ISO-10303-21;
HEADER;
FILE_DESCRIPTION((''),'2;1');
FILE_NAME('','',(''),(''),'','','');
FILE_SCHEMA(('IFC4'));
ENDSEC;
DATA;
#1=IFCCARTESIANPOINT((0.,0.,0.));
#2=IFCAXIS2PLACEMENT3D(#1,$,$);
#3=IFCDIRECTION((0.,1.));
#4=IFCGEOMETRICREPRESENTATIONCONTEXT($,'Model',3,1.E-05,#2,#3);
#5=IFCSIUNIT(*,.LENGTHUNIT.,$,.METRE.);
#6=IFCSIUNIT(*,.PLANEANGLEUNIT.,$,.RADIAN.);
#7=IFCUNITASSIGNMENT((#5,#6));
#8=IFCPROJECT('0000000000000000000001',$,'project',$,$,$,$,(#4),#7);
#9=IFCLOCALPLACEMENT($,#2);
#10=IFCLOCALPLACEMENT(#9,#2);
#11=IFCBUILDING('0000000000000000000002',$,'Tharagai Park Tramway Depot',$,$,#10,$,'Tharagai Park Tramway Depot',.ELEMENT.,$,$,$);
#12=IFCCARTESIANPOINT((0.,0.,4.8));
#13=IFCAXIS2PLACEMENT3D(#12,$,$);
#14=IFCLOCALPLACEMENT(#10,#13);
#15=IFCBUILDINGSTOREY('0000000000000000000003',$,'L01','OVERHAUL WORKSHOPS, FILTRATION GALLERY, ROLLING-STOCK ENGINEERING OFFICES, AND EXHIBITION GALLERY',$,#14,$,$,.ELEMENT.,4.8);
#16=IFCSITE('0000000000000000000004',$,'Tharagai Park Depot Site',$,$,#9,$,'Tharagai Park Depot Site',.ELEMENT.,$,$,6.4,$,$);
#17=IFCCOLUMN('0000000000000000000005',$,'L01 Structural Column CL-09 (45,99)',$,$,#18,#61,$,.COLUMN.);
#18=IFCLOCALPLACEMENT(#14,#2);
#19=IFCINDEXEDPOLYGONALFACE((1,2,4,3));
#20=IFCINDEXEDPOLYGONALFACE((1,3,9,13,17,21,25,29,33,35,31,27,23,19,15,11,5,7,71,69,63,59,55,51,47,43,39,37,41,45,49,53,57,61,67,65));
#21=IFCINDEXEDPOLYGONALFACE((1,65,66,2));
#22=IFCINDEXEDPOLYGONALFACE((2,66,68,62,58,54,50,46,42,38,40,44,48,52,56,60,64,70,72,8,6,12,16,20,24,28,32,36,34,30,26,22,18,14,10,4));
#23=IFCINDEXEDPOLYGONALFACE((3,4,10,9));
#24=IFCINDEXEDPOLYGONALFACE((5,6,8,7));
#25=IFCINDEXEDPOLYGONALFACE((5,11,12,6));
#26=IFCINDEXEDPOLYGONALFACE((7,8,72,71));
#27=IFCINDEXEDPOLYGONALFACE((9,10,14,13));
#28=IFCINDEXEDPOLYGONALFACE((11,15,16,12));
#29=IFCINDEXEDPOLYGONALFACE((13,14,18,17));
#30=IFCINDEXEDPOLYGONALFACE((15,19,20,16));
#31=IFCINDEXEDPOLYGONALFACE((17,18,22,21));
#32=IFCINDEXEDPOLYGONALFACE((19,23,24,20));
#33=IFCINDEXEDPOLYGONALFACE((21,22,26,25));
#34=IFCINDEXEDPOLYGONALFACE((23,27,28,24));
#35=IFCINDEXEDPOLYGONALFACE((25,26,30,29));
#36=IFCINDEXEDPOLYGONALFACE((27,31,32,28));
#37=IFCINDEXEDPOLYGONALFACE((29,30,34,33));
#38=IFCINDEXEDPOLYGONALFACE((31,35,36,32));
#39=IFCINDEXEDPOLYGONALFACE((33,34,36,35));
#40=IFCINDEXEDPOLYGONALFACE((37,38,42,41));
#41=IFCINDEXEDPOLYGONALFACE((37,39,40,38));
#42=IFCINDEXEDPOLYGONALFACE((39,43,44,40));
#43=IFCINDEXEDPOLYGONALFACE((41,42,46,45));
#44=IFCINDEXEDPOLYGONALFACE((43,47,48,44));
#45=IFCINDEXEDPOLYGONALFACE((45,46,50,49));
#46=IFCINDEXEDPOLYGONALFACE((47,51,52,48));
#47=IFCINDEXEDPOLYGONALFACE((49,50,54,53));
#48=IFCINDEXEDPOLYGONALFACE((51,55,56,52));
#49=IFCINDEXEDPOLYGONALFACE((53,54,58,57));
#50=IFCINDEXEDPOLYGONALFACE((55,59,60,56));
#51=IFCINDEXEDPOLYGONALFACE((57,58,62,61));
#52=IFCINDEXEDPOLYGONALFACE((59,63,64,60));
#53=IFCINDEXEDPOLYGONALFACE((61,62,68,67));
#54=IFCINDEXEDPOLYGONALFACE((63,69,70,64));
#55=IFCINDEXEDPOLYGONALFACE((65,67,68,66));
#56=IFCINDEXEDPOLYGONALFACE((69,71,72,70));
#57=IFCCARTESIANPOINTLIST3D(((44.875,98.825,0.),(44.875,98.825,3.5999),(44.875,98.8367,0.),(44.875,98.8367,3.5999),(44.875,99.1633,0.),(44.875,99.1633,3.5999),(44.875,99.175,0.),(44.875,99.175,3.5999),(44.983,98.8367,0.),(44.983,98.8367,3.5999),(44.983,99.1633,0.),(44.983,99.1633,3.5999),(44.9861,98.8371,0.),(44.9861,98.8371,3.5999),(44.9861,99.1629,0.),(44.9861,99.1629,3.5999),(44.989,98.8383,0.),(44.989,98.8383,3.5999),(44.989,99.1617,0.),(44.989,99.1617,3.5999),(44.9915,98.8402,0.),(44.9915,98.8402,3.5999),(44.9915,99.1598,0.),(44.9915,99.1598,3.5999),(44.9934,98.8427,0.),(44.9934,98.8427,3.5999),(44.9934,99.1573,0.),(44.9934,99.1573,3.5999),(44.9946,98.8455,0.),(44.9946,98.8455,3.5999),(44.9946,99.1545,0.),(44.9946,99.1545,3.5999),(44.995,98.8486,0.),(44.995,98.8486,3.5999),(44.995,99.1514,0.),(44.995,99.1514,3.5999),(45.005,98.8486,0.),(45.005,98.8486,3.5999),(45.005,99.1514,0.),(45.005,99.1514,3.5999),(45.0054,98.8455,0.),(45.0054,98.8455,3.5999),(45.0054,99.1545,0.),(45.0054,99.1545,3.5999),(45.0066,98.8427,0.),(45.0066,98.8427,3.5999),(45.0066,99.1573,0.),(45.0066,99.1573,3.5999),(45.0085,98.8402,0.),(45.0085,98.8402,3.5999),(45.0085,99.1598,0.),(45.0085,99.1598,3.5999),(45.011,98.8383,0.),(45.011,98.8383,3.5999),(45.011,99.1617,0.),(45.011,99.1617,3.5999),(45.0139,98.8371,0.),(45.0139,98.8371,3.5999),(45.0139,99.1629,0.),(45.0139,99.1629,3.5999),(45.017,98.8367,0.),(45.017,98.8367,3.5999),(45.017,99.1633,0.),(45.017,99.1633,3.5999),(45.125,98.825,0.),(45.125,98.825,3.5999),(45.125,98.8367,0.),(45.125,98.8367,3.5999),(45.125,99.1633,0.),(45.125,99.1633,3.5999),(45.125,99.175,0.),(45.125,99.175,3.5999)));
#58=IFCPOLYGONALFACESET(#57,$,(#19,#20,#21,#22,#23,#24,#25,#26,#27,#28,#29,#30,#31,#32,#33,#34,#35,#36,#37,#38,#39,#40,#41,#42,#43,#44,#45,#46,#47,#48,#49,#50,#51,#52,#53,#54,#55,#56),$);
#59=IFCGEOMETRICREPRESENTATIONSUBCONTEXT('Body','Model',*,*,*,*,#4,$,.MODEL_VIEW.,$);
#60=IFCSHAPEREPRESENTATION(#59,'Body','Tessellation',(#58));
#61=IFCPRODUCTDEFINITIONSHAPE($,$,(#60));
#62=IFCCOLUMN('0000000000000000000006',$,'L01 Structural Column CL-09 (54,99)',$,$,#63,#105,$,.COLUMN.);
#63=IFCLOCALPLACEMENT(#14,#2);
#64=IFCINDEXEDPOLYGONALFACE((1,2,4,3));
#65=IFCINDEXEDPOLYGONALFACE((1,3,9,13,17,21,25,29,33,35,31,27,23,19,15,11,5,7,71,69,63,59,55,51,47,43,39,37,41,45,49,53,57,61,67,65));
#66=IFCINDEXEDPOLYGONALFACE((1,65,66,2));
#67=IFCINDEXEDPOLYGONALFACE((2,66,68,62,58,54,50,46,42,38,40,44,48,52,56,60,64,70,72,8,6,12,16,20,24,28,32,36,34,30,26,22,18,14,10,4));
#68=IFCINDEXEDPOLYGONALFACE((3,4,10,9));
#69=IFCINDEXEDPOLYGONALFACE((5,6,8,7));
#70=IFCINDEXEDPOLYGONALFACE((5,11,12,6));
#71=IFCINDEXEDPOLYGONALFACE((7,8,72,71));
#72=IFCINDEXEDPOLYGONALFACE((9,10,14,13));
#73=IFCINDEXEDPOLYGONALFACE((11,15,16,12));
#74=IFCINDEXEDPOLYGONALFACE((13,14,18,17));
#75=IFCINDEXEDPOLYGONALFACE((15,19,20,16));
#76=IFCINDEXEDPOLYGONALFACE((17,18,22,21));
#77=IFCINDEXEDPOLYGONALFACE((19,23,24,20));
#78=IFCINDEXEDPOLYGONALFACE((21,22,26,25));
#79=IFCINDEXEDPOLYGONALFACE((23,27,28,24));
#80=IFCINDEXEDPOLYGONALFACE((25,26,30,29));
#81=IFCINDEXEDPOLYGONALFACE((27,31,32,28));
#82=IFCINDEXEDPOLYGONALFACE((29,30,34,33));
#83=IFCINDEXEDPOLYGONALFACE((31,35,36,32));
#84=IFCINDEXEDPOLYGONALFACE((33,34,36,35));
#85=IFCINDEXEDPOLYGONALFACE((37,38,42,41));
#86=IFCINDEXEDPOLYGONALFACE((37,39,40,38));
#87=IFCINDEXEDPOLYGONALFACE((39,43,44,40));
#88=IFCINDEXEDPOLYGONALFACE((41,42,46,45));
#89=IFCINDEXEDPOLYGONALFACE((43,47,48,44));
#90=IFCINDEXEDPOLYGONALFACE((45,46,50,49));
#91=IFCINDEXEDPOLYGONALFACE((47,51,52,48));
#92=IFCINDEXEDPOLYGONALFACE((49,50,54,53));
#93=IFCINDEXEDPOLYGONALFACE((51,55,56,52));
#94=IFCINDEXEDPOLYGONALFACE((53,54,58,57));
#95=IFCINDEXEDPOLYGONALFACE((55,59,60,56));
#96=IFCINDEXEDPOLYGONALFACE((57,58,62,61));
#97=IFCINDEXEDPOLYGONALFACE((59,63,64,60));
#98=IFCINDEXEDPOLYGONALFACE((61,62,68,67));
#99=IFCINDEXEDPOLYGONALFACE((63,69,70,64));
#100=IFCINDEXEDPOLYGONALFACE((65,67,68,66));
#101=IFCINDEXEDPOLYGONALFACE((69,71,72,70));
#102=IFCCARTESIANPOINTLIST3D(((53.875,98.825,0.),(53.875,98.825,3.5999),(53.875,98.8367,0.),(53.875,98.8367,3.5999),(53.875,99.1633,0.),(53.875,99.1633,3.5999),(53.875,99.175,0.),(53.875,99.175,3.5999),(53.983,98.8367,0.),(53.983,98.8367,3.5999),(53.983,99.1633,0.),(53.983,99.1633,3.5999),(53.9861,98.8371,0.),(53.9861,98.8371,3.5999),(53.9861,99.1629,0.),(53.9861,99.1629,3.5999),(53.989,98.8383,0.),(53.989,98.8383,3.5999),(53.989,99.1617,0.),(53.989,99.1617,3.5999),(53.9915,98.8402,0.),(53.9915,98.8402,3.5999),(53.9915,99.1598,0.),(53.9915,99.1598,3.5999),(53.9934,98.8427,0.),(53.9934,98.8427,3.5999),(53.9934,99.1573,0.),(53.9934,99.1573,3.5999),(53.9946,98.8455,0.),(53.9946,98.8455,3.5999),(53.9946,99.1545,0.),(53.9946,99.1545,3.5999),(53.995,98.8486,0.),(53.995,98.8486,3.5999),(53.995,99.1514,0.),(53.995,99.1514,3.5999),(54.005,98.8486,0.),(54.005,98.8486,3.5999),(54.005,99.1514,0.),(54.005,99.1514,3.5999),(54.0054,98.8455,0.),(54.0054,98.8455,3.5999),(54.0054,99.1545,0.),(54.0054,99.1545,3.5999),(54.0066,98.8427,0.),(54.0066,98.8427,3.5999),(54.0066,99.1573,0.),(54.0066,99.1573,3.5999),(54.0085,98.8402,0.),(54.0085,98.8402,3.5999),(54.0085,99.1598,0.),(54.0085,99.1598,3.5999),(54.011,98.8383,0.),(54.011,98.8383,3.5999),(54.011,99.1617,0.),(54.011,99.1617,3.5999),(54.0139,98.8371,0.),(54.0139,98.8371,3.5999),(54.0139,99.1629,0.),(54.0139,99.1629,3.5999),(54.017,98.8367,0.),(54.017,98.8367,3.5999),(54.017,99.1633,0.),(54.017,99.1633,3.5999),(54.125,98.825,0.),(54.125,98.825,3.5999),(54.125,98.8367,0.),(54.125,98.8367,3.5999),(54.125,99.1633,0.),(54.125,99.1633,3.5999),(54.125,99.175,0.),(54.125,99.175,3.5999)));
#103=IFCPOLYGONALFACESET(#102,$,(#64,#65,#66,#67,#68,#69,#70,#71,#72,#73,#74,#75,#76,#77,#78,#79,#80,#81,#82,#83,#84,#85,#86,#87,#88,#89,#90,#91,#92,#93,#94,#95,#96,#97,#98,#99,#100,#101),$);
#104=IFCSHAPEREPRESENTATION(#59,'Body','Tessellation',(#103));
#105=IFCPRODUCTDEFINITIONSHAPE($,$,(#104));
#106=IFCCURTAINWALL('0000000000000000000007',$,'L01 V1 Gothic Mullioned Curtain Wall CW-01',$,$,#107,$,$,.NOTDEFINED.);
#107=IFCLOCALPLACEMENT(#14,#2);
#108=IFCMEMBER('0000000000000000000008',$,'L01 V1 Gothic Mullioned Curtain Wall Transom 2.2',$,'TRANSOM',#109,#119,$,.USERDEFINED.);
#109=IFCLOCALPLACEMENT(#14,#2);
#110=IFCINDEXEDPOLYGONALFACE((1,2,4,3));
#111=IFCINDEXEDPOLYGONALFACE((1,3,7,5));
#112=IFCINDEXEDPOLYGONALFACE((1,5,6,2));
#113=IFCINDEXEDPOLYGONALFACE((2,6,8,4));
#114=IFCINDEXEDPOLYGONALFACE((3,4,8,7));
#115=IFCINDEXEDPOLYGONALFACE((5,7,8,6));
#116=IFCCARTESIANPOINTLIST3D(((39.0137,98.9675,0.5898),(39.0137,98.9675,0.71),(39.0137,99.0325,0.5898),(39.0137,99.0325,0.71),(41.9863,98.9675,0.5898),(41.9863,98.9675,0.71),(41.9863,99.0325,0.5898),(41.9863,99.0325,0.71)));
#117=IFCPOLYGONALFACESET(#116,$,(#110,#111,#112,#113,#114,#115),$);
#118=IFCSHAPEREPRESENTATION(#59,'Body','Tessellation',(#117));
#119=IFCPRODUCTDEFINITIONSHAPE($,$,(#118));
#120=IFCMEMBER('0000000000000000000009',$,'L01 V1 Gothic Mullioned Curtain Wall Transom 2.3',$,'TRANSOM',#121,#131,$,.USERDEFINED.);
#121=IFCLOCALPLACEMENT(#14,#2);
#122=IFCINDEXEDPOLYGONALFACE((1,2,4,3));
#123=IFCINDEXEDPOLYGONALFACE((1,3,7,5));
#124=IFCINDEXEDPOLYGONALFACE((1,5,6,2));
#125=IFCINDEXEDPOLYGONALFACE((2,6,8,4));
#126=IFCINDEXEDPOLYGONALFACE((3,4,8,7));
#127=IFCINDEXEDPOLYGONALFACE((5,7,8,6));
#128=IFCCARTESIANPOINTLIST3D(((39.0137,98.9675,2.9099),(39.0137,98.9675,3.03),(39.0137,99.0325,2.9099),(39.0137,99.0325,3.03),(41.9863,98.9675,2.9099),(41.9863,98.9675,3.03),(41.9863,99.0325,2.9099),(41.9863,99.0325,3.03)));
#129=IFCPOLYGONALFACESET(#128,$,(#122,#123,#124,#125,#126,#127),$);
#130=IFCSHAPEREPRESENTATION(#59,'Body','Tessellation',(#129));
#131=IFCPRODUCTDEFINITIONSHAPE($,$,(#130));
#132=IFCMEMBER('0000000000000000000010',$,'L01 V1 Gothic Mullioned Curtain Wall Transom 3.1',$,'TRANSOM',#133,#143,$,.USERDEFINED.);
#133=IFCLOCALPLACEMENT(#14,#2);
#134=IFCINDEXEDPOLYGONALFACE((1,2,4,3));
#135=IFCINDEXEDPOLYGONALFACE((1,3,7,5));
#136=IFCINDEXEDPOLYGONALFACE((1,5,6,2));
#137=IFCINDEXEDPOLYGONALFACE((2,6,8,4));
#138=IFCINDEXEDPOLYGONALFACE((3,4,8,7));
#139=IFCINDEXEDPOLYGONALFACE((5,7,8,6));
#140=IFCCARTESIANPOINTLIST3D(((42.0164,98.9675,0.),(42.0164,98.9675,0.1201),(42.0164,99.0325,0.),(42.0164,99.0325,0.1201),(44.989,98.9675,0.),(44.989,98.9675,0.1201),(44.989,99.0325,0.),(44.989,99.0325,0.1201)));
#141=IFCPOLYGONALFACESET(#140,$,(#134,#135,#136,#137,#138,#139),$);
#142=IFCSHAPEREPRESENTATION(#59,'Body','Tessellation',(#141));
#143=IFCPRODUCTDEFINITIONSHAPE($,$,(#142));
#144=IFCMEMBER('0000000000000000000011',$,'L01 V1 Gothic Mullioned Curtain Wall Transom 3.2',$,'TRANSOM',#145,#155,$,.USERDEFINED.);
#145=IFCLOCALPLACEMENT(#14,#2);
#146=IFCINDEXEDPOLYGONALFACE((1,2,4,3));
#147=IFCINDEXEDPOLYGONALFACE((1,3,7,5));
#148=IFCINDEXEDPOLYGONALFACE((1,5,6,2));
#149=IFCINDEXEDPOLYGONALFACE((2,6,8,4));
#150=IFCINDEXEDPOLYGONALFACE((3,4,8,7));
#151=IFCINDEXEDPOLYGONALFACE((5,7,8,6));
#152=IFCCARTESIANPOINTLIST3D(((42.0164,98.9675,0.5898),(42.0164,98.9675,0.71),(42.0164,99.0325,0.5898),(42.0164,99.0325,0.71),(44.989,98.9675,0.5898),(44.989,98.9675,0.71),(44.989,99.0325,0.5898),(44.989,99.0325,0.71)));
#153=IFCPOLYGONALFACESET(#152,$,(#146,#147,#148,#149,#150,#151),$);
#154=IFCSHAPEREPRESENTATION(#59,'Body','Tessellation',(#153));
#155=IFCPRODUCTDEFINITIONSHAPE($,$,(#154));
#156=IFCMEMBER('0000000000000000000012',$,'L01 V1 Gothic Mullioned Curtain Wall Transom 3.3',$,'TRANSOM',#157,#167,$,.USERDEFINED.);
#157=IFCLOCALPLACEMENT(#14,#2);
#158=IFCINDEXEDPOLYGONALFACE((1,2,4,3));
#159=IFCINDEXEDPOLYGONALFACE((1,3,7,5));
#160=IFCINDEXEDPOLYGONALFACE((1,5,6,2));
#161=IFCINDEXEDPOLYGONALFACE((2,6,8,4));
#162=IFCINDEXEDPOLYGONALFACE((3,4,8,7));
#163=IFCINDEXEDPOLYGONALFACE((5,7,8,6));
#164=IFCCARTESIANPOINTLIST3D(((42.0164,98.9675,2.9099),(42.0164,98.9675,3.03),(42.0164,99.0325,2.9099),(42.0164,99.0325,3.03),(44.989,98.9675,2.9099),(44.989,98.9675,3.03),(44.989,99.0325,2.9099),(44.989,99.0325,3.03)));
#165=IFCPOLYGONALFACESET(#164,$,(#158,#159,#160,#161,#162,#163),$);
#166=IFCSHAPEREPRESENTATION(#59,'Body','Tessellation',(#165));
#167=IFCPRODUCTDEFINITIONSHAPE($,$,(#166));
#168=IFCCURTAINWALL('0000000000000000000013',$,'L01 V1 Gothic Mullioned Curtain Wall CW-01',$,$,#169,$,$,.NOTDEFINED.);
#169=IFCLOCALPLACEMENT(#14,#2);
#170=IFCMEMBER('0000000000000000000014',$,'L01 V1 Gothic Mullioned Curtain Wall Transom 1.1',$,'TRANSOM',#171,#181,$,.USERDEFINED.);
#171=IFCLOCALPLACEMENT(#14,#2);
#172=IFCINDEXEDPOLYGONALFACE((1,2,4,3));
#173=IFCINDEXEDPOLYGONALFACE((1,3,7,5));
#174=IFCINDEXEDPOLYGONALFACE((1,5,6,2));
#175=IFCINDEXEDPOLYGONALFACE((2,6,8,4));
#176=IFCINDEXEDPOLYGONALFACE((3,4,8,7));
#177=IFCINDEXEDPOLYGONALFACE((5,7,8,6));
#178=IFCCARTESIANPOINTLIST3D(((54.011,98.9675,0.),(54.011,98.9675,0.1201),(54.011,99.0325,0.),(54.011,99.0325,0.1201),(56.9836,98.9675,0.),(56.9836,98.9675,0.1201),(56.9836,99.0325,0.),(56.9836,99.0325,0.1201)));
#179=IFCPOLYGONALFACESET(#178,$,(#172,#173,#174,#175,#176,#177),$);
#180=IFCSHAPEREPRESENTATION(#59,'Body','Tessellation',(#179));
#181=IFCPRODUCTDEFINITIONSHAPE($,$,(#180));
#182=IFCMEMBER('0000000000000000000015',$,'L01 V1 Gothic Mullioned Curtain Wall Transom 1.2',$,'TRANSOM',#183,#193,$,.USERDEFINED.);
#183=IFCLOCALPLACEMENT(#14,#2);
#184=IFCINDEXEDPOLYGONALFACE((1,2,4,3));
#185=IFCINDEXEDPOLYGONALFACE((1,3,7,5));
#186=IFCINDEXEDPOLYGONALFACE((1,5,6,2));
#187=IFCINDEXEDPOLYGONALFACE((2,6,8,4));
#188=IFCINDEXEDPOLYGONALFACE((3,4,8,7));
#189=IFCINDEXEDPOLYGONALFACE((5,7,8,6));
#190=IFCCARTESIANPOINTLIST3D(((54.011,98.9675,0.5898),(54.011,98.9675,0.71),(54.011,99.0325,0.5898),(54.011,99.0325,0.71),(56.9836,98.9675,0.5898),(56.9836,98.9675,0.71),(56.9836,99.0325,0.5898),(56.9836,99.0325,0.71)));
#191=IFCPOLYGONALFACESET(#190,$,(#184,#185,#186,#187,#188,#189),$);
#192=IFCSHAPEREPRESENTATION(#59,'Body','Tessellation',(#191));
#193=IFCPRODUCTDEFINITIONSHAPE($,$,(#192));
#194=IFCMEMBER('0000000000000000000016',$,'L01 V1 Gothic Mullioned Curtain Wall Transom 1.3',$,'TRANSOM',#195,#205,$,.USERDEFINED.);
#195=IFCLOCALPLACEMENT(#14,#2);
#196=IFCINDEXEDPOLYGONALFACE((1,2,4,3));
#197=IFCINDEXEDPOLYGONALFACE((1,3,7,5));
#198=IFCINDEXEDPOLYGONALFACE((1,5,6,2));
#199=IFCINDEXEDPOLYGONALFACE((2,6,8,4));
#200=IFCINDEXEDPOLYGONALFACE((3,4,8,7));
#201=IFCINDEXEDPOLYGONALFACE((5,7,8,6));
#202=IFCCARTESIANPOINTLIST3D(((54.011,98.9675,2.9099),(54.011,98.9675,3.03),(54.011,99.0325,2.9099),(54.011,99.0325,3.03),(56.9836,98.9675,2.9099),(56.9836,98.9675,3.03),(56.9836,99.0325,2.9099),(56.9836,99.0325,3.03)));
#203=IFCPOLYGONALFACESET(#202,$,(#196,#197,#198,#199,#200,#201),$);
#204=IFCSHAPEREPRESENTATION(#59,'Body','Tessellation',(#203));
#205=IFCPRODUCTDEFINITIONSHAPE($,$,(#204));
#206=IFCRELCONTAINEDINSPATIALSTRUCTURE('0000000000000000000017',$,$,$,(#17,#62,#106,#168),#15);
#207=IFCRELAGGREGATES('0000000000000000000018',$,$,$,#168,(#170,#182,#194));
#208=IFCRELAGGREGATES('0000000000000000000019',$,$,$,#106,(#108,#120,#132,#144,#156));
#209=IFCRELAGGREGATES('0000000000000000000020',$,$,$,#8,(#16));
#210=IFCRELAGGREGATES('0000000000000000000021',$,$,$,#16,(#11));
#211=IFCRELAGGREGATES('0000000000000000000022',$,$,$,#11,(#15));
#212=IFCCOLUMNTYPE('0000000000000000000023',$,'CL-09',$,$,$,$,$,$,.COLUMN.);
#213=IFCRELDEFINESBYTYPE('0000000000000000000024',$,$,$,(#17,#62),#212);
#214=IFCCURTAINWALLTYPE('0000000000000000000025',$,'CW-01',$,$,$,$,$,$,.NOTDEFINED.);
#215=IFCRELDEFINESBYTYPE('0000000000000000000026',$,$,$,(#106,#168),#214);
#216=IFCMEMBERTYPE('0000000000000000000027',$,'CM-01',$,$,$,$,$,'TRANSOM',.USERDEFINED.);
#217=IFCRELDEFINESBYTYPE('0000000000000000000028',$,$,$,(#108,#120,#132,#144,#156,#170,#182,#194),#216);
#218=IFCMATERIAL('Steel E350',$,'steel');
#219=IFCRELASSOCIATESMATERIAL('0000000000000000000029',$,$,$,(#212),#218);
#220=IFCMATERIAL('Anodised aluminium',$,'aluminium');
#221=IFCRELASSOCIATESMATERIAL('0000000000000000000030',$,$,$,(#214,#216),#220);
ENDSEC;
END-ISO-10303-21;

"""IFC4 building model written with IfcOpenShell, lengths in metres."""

from ifc_helpers import new_model, si_unit, direction, frame, origin, origin_2d, place, context, subcontext, project, spatial, rectangle, i_section, extrude, material, material_profile, profile_set, type_object, element, aggregate, save


model = new_model("IFC4")

# Units and contexts
model_context = context("Model", 3, precision=1e-05, world=origin(), true_north=direction((0.0, 1.0)))
body_context = subcontext(model_context, "Body", "Model", "MODEL_VIEW")
ifc_project = project(units=[si_unit("LENGTHUNIT", "METRE"), si_unit("PLANEANGLEUNIT", "RADIAN")], contexts=[model_context])

# Site, building, storey
site_placement = place(None, origin())
site = spatial("IfcSite", under=ifc_project, at=site_placement, Name="Tharagai Park Depot Site", LongName="Tharagai Park Depot Site", CompositionType="ELEMENT", RefElevation=6.4)
building_placement = place(site_placement, origin())
building = spatial("IfcBuilding", under=site, at=building_placement, Name="Tharagai Park Tramway Depot", LongName="Tharagai Park Tramway Depot", CompositionType="ELEMENT")
storey_placement = place(building_placement, frame((0.0, 0.0, 4.8)))
storey = spatial("IfcBuildingStorey", under=building, at=storey_placement, Name="L01", Description="OVERHAUL WORKSHOPS, FILTRATION GALLERY, ROLLING-STOCK ENGINEERING OFFICES, AND EXHIBITION GALLERY", CompositionType="ELEMENT", Elevation=4.8)

# Columns
ifc_material_1 = material(Name="Steel E350", Category="steel")
ifc_material_profile_1 = material_profile(ifc_material_1, i_section(OverallWidth=0.25, OverallDepth=0.3501, WebThickness=0.01, FlangeThickness=0.0117, FilletRadius=0.012, at=origin_2d()), Name="ISHB 350")
ifc_profile_set_1 = profile_set([ifc_material_profile_1], Name="Steel E350")
column_type = type_object("IfcColumnType", Name="CL-09", PredefinedType="COLUMN", material=ifc_profile_set_1)
for number, where, z_axis, x_axis, name in (
    (1, (45.0, 99.0, 0.0), (0.0, 0.0, 1.0), (1.0, 0.0, 0.0), "L01 Structural Column CL-09 (45,99)"),
    (2, (54.0, 99.0, 0.0), (0.0, 0.0, 1.0), (1.0, 0.0, 0.0), "L01 Structural Column CL-09 (54,99)"),
):
    element("IfcColumn", number, at=place(storey_placement, frame(where, z_axis=z_axis, x_axis=x_axis)), inside=storey, type_object=column_type, Name=name, PredefinedType="COLUMN", context=body_context, shape_type="SweptSolid", body=[
        extrude(i_section(OverallWidth=0.25, OverallDepth=0.3501, WebThickness=0.01, FlangeThickness=0.0117, FilletRadius=0.012, at=origin_2d()), origin(), (0.0, 0.0, 1.0), 3.5999),
    ])

# Curtain walls, members
ifc_material_2 = material(Name="Anodised aluminium", Category="aluminium")
curtain_wall_type = type_object("IfcCurtainWallType", Name="CW-01", PredefinedType="NOTDEFINED", material=ifc_material_2)
curtain_wall_1_placement = place(storey_placement, origin())
curtain_wall_1 = element("IfcCurtainWall", 3, at=curtain_wall_1_placement, inside=storey, type_object=curtain_wall_type, Name="L01 V1 Gothic Mullioned Curtain Wall CW-01", PredefinedType="NOTDEFINED")
ifc_material_profile_2 = material_profile(ifc_material_2, rectangle(XDim=0.0649, YDim=0.1201, at=origin_2d()), Name="ALU 65x120")
ifc_profile_set_2 = profile_set([ifc_material_profile_2], Name="Anodised aluminium")
member_type_1 = type_object("IfcMemberType", Name="CM-01", ElementType="TRANSOM", PredefinedType="USERDEFINED", material=ifc_profile_set_2)
member_1_placement = place(storey_placement, frame((39.0137, 99.0, 0.6499), z_axis=(1.0, 0.0, 0.0), x_axis=(0.0, 1.0, 0.0)))
member_1 = element("IfcMember", 4, at=member_1_placement, type_object=member_type_1, Name="L01 V1 Gothic Mullioned Curtain Wall Transom 2.2", ObjectType="TRANSOM", PredefinedType="USERDEFINED", context=body_context, shape_type="SweptSolid", body=[
    extrude(rectangle(XDim=0.0649, YDim=0.1201, at=origin_2d()), origin(), (0.0, 0.0, 1.0), 2.9727),
])
member_2_placement = place(storey_placement, frame((39.0137, 99.0, 2.97), z_axis=(1.0, 0.0, 0.0), x_axis=(0.0, 1.0, 0.0)))
member_2 = element("IfcMember", 5, at=member_2_placement, type_object=member_type_1, Name="L01 V1 Gothic Mullioned Curtain Wall Transom 2.3", ObjectType="TRANSOM", PredefinedType="USERDEFINED", context=body_context, shape_type="SweptSolid", body=[
    extrude(rectangle(XDim=0.0649, YDim=0.1201, at=origin_2d()), origin(), (0.0, 0.0, 1.0), 2.9727),
])
member_3_placement = place(storey_placement, frame((42.0164, 99.0, 0.0601), z_axis=(1.0, 0.0, 0.0), x_axis=(0.0, 1.0, 0.0)))
member_3 = element("IfcMember", 6, at=member_3_placement, type_object=member_type_1, Name="L01 V1 Gothic Mullioned Curtain Wall Transom 3.1", ObjectType="TRANSOM", PredefinedType="USERDEFINED", context=body_context, shape_type="SweptSolid", body=[
    extrude(rectangle(XDim=0.0649, YDim=0.1201, at=origin_2d()), origin(), (0.0, 0.0, 1.0), 2.9727),
])
member_4_placement = place(storey_placement, frame((42.0164, 99.0, 0.6499), z_axis=(1.0, 0.0, 0.0), x_axis=(0.0, 1.0, 0.0)))
member_4 = element("IfcMember", 7, at=member_4_placement, type_object=member_type_1, Name="L01 V1 Gothic Mullioned Curtain Wall Transom 3.2", ObjectType="TRANSOM", PredefinedType="USERDEFINED", context=body_context, shape_type="SweptSolid", body=[
    extrude(rectangle(XDim=0.0649, YDim=0.1201, at=origin_2d()), origin(), (0.0, 0.0, 1.0), 2.9727),
])
member_5_placement = place(storey_placement, frame((42.0164, 99.0, 2.97), z_axis=(1.0, 0.0, 0.0), x_axis=(0.0, 1.0, 0.0)))
member_5 = element("IfcMember", 8, at=member_5_placement, type_object=member_type_1, Name="L01 V1 Gothic Mullioned Curtain Wall Transom 3.3", ObjectType="TRANSOM", PredefinedType="USERDEFINED", context=body_context, shape_type="SweptSolid", body=[
    extrude(rectangle(XDim=0.0649, YDim=0.1201, at=origin_2d()), origin(), (0.0, 0.0, 1.0), 2.9727),
])
curtain_wall_2_placement = place(storey_placement, origin())
curtain_wall_2 = element("IfcCurtainWall", 9, at=curtain_wall_2_placement, inside=storey, type_object=curtain_wall_type, Name="L01 V1 Gothic Mullioned Curtain Wall CW-01", PredefinedType="NOTDEFINED")
member_6_placement = place(storey_placement, frame((54.011, 99.0, 0.0601), z_axis=(1.0, 0.0, 0.0), x_axis=(0.0, 1.0, 0.0)))
member_6 = element("IfcMember", 10, at=member_6_placement, type_object=member_type_1, Name="L01 V1 Gothic Mullioned Curtain Wall Transom 1.1", ObjectType="TRANSOM", PredefinedType="USERDEFINED", context=body_context, shape_type="SweptSolid", body=[
    extrude(rectangle(XDim=0.0649, YDim=0.1201, at=origin_2d()), origin(), (0.0, 0.0, 1.0), 2.9727),
])
member_7_placement = place(storey_placement, frame((54.011, 99.0, 0.6499), z_axis=(1.0, 0.0, 0.0), x_axis=(0.0, 1.0, 0.0)))
member_7 = element("IfcMember", 11, at=member_7_placement, type_object=member_type_1, Name="L01 V1 Gothic Mullioned Curtain Wall Transom 1.2", ObjectType="TRANSOM", PredefinedType="USERDEFINED", context=body_context, shape_type="SweptSolid", body=[
    extrude(rectangle(XDim=0.0649, YDim=0.1201, at=origin_2d()), origin(), (0.0, 0.0, 1.0), 2.9727),
])
member_8_placement = place(storey_placement, frame((54.011, 99.0, 2.97), z_axis=(1.0, 0.0, 0.0), x_axis=(0.0, 1.0, 0.0)))
member_8 = element("IfcMember", 12, at=member_8_placement, type_object=member_type_1, Name="L01 V1 Gothic Mullioned Curtain Wall Transom 1.3", ObjectType="TRANSOM", PredefinedType="USERDEFINED", context=body_context, shape_type="SweptSolid", body=[
    extrude(rectangle(XDim=0.0649, YDim=0.1201, at=origin_2d()), origin(), (0.0, 0.0, 1.0), 2.9727),
])

aggregate(curtain_wall_2, [member_6, member_7, member_8])

aggregate(curtain_wall_1, [member_1, member_2, member_3, member_4, member_5])

save(model, "model.ifc")
